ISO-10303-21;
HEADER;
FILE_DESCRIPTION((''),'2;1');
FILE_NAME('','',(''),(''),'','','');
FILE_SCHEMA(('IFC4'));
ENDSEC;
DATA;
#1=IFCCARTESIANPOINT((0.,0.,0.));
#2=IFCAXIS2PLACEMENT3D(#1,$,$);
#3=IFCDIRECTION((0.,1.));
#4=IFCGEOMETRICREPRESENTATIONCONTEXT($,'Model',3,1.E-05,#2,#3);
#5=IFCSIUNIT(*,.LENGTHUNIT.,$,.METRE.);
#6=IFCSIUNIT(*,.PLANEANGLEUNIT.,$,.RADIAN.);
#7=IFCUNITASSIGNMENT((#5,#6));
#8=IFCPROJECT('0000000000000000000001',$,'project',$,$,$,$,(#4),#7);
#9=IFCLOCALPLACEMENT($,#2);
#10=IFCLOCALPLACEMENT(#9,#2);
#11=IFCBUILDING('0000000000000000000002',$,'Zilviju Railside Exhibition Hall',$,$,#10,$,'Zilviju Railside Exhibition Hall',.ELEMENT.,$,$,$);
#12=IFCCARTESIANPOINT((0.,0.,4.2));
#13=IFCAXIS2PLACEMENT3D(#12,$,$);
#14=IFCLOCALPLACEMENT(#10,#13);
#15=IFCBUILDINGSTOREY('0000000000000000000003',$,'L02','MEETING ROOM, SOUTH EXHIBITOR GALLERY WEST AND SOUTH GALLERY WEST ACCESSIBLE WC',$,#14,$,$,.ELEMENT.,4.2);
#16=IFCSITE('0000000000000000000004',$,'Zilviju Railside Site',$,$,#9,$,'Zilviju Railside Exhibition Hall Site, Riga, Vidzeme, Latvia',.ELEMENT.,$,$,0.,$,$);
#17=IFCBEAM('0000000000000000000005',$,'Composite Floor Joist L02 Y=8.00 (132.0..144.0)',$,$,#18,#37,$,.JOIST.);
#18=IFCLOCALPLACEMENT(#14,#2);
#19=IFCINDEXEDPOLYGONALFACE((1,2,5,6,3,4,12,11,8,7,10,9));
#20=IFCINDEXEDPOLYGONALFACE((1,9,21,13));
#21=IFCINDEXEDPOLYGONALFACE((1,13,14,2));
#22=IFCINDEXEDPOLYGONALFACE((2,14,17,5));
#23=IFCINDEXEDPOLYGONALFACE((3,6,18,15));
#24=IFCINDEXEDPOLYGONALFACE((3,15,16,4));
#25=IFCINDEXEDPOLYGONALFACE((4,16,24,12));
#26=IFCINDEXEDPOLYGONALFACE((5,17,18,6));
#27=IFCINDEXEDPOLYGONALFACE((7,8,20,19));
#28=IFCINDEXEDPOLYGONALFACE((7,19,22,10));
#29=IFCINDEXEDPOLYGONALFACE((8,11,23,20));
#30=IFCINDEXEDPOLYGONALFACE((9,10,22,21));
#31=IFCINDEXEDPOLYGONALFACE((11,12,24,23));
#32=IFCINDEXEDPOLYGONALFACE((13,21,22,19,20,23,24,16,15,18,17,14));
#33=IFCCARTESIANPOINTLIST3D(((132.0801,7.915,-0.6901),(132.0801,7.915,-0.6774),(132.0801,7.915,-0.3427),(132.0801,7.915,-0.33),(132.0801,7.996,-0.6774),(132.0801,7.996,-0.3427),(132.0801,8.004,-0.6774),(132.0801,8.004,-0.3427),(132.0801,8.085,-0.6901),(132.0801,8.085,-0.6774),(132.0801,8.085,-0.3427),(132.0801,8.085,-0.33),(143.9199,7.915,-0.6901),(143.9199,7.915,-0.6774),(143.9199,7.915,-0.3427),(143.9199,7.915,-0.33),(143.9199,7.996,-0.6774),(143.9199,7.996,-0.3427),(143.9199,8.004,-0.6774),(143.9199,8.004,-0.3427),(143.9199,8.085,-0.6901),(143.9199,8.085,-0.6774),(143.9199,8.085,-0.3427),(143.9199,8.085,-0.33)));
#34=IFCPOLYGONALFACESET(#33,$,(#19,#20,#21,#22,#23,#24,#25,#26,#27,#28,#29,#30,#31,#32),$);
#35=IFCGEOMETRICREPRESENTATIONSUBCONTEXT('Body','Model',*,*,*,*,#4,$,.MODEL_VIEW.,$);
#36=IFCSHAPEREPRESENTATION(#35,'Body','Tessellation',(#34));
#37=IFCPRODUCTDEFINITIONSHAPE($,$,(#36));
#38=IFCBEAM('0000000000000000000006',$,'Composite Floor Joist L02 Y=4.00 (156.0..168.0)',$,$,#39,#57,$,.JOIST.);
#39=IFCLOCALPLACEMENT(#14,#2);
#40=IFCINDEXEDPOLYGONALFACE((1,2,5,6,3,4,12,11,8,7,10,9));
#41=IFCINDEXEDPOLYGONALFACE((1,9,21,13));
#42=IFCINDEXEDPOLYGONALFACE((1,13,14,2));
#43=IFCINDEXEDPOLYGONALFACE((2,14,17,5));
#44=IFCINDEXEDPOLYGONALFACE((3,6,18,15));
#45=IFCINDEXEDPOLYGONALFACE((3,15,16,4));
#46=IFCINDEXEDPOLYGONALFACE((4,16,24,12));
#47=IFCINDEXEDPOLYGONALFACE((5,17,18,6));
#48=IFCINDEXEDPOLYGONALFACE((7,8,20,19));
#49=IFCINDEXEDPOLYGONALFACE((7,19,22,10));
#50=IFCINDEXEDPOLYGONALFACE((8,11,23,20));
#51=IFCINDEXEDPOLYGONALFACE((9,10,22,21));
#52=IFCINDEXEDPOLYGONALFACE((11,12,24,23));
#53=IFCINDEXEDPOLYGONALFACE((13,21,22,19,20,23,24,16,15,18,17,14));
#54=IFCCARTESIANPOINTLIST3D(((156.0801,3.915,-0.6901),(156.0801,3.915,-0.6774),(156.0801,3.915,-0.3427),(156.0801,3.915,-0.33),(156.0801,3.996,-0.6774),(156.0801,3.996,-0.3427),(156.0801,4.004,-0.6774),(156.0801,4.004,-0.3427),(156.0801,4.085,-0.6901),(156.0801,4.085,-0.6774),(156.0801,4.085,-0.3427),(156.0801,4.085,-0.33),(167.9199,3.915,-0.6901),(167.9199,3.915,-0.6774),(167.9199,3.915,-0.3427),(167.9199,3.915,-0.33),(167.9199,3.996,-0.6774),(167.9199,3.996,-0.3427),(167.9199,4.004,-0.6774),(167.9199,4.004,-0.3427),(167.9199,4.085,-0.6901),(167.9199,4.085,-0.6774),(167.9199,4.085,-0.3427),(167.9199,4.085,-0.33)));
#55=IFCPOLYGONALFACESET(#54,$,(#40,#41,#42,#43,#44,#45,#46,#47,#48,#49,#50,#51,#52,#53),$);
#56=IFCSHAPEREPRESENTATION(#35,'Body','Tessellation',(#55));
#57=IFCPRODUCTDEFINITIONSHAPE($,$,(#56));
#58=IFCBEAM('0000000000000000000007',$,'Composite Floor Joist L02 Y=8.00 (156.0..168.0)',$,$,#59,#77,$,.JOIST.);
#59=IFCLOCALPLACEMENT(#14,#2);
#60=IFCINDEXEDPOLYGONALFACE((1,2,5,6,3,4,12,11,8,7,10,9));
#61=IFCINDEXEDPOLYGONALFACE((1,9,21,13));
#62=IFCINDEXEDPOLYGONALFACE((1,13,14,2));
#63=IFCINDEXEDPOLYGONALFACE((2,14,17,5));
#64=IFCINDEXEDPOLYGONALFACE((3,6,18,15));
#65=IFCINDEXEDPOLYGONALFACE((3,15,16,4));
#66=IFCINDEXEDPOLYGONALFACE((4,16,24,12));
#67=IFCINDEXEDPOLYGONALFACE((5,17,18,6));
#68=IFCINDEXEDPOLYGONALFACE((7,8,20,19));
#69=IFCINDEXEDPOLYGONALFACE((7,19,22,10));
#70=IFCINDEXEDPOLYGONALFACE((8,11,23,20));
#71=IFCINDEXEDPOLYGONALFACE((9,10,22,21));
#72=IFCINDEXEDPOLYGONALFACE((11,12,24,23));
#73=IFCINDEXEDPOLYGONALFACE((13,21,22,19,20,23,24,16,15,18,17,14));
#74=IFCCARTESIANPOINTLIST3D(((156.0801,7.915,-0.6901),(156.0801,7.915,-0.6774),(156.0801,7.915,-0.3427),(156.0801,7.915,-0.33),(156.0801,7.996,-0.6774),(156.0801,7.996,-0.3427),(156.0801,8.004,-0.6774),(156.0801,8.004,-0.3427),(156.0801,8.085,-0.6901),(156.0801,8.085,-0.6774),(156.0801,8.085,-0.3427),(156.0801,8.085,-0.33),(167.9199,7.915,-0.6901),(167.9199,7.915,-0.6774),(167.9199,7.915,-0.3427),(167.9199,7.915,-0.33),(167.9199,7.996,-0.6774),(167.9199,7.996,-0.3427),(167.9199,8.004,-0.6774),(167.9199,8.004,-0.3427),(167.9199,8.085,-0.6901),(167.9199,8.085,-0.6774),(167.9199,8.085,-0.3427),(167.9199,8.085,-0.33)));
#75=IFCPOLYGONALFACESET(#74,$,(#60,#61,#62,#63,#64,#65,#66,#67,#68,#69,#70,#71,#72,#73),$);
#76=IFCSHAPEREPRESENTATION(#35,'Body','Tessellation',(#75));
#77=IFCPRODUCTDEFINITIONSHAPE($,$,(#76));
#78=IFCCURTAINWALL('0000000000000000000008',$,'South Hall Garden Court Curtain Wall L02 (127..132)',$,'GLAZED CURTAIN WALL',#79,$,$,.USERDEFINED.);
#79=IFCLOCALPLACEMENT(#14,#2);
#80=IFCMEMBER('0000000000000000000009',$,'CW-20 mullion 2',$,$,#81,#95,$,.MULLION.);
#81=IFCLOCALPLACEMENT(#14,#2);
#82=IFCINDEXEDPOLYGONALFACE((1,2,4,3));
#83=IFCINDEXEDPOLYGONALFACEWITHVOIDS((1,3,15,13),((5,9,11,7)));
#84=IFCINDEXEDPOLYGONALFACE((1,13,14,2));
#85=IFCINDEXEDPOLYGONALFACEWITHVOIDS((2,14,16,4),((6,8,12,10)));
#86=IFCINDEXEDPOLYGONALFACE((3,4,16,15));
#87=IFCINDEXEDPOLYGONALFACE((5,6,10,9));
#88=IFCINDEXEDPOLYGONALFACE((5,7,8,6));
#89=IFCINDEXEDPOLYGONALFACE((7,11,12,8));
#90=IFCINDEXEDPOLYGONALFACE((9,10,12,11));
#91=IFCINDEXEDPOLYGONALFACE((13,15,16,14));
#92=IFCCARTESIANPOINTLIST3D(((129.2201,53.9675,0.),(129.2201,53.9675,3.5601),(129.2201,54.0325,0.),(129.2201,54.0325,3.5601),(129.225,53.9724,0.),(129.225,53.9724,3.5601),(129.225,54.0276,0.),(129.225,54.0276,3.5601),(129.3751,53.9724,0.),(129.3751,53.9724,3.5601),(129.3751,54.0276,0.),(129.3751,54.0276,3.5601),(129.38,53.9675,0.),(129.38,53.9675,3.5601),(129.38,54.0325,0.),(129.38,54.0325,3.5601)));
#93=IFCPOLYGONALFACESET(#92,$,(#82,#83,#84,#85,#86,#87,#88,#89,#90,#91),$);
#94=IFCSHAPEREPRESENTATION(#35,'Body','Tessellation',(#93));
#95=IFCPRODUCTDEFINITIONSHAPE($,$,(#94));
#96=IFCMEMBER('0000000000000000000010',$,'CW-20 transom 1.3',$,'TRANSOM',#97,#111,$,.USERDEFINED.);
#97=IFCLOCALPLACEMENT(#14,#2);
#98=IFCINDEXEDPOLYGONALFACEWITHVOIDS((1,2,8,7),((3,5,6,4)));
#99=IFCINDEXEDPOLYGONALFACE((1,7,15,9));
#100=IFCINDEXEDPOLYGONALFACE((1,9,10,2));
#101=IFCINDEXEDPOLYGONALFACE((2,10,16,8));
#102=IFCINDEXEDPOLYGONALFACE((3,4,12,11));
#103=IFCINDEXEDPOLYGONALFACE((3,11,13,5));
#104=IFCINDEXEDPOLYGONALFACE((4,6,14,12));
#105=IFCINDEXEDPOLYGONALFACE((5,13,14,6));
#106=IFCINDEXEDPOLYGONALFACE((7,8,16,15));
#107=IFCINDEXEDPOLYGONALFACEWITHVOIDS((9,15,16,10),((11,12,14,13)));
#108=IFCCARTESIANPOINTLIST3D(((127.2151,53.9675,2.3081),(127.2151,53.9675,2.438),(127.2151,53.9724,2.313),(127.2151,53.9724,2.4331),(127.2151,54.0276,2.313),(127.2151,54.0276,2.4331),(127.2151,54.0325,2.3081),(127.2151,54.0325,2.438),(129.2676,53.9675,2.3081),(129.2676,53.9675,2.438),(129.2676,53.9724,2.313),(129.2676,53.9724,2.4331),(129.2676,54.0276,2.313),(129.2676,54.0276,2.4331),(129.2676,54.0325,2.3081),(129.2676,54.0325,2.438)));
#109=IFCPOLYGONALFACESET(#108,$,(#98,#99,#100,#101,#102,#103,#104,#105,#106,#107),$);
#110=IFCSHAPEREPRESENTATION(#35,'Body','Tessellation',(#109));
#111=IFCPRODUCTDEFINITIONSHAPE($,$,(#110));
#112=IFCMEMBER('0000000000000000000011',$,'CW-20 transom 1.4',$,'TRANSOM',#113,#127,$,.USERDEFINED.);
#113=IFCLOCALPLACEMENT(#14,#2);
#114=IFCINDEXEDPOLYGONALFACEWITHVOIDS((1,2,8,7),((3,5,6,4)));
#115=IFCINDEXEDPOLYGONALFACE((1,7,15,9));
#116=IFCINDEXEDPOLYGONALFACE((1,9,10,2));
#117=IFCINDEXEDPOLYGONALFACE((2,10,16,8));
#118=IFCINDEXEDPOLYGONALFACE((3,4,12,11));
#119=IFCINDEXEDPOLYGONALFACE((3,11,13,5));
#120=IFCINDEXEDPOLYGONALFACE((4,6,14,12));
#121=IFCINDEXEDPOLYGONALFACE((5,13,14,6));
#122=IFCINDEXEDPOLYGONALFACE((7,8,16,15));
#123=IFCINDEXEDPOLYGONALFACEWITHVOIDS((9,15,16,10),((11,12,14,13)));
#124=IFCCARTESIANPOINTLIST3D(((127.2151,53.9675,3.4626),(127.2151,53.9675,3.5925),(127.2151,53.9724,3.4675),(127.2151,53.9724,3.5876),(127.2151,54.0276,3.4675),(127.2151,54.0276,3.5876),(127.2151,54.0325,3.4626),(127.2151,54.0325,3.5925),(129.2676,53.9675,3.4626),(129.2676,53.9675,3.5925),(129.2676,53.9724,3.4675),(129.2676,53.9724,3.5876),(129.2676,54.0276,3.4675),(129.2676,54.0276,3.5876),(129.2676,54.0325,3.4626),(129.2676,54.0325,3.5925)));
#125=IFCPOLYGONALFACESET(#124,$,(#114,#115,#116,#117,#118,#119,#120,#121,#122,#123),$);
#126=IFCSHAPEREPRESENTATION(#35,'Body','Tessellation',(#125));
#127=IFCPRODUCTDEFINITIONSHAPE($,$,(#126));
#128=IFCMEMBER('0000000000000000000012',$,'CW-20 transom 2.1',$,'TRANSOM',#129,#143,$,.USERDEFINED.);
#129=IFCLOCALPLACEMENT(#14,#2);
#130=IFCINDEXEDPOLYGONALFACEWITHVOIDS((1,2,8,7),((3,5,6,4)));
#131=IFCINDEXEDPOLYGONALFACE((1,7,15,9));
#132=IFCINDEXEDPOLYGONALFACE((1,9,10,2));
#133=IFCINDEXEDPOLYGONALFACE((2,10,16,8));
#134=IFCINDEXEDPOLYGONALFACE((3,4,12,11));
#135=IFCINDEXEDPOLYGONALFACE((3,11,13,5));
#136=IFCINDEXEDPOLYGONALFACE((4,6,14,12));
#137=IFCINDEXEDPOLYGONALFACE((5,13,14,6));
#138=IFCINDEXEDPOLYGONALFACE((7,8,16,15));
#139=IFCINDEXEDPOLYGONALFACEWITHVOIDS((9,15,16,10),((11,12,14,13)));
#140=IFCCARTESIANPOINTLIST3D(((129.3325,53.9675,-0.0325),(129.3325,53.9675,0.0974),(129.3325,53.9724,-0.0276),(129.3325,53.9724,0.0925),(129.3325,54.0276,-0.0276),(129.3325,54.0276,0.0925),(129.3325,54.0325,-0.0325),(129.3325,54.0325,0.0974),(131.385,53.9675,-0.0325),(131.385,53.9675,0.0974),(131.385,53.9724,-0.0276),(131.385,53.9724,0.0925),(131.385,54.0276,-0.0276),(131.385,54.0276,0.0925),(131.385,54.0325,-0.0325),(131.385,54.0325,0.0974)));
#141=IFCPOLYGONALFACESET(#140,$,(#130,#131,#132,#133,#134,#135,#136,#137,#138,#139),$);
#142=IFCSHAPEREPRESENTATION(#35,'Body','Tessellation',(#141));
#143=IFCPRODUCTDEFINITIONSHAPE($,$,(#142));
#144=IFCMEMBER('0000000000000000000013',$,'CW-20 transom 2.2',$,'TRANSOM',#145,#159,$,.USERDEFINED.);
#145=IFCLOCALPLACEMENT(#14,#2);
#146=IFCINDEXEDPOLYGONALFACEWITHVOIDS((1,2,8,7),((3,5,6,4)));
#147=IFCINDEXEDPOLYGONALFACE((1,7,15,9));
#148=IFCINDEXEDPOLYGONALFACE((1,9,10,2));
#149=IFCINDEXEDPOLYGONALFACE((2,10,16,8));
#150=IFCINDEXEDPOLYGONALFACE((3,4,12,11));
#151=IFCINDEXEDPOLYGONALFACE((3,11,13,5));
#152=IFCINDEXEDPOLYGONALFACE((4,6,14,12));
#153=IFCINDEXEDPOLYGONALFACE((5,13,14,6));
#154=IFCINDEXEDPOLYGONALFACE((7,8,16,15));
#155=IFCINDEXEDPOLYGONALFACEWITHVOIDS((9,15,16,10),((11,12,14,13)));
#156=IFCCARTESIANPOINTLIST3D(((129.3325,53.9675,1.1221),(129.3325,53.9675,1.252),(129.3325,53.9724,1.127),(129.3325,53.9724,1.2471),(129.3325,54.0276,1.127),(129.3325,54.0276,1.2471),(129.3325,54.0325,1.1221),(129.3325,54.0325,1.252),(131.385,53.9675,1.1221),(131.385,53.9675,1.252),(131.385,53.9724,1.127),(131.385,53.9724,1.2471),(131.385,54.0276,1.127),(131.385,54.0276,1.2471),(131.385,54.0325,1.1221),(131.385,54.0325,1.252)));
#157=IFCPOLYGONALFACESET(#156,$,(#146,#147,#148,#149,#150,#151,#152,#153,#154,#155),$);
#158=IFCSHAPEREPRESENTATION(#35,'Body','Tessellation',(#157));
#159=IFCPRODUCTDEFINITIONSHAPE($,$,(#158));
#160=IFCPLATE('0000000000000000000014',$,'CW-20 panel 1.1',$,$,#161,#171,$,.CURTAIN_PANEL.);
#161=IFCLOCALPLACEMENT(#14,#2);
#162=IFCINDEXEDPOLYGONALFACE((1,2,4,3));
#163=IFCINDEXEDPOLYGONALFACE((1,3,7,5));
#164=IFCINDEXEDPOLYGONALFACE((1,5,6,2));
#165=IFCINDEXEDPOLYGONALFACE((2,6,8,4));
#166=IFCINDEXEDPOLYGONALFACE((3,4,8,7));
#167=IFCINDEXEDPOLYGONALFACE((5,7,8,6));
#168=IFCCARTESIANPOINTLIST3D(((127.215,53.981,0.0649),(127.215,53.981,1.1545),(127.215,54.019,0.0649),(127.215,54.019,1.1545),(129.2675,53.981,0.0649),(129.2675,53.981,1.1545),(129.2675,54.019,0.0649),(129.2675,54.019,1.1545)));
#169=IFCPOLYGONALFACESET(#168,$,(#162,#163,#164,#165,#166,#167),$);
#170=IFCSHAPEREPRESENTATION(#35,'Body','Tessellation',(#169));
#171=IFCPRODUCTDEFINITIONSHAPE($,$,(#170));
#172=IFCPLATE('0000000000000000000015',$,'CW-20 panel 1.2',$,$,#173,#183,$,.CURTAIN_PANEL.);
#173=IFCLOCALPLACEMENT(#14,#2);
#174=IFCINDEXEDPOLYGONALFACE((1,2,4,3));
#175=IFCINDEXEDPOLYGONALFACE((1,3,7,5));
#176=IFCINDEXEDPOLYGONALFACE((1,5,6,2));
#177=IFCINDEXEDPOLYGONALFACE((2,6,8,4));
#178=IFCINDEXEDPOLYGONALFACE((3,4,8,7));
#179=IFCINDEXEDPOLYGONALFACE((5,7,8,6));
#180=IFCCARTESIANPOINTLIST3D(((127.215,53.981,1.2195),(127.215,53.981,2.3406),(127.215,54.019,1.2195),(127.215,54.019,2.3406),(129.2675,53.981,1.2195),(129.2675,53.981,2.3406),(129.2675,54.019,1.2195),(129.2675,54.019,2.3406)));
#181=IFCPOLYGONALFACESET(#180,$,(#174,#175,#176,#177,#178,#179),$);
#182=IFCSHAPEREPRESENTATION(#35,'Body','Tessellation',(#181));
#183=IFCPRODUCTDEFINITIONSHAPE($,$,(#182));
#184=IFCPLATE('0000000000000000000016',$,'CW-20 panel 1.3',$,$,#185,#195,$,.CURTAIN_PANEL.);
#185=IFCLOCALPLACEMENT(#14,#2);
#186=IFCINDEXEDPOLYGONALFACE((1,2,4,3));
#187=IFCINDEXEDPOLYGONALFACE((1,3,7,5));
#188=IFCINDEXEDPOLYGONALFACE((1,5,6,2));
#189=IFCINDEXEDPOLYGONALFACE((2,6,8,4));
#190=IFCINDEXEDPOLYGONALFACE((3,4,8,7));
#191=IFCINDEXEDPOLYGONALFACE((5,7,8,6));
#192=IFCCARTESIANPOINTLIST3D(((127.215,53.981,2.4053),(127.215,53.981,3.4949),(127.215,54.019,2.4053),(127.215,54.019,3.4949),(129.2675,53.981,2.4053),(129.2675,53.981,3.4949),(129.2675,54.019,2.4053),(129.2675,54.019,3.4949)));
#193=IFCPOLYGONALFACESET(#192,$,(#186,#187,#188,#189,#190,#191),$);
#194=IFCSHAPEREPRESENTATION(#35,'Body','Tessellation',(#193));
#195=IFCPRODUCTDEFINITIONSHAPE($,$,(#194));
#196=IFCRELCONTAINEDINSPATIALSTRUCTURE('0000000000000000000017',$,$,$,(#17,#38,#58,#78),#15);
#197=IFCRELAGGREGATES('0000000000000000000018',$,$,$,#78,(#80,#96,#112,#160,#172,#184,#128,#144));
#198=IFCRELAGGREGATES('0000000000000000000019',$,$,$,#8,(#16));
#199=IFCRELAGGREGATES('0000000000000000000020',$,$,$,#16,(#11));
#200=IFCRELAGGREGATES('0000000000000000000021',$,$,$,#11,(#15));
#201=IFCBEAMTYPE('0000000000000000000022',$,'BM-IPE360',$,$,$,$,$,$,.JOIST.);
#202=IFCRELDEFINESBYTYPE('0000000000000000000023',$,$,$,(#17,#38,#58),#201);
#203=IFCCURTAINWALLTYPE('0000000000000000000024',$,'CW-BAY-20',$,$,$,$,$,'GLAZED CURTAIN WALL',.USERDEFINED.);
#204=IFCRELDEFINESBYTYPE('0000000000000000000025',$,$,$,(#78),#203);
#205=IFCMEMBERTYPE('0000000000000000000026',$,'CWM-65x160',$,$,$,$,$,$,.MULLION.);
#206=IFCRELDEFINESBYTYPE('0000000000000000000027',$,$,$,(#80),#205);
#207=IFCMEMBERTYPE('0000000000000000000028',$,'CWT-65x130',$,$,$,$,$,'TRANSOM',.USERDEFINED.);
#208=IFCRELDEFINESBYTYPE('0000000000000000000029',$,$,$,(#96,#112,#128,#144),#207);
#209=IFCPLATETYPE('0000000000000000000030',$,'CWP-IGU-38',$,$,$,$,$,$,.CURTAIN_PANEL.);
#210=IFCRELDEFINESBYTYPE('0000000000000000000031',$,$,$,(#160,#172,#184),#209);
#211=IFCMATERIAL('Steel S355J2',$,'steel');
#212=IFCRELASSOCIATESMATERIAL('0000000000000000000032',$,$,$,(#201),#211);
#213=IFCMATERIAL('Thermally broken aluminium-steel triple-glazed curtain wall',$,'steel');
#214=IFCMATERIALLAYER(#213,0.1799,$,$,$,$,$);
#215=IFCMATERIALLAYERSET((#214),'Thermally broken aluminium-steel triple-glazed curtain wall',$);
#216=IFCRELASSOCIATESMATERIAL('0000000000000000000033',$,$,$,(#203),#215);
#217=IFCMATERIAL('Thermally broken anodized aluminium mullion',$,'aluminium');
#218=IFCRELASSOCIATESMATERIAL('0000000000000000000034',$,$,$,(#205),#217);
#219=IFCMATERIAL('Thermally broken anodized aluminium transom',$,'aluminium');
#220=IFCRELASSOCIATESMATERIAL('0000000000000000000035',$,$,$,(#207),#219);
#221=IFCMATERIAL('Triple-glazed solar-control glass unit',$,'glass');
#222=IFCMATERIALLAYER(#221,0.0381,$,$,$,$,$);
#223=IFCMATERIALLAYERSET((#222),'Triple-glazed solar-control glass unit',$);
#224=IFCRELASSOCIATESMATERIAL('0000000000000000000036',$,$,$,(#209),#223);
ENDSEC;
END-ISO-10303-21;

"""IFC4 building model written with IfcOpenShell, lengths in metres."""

from ifc_helpers import new_model, si_unit, direction, frame, origin, origin_2d, place, context, subcontext, project, spatial, rectangle, hollow_rectangle, i_section, extrude, material, layer, layer_set, material_profile, profile_set, type_object, element, aggregate, save


model = new_model("IFC4")

# Units and contexts
model_context = context("Model", 3, precision=1e-05, world=origin(), true_north=direction((0.0, 1.0)))
body_context = subcontext(model_context, "Body", "Model", "MODEL_VIEW")
ifc_project = project(units=[si_unit("LENGTHUNIT", "METRE"), si_unit("PLANEANGLEUNIT", "RADIAN")], contexts=[model_context])

# Site, building, storey
site_placement = place(None, origin())
site = spatial("IfcSite", under=ifc_project, at=site_placement, Name="Zilviju Railside Site", LongName="Zilviju Railside Exhibition Hall Site, Riga, Vidzeme, Latvia", CompositionType="ELEMENT", RefElevation=0.0)
building_placement = place(site_placement, origin())
building = spatial("IfcBuilding", under=site, at=building_placement, Name="Zilviju Railside Exhibition Hall", LongName="Zilviju Railside Exhibition Hall", CompositionType="ELEMENT")
storey_placement = place(building_placement, frame((0.0, 0.0, 4.2)))
storey = spatial("IfcBuildingStorey", under=building, at=storey_placement, Name="L02", Description="MEETING ROOM, SOUTH EXHIBITOR GALLERY WEST AND SOUTH GALLERY WEST ACCESSIBLE WC", CompositionType="ELEMENT", Elevation=4.2)

# Beams
ifc_material_1 = material(Name="Steel S355J2", Category="steel")
ifc_material_profile_1 = material_profile(ifc_material_1, i_section(OverallWidth=0.1699, OverallDepth=0.3601, WebThickness=0.0081, FlangeThickness=0.0127, at=origin_2d()), Name="IPE 360")
ifc_profile_set_1 = profile_set([ifc_material_profile_1], Name="Steel S355J2")
beam_type_1 = type_object("IfcBeamType", Name="BM-IPE360", PredefinedType="JOIST", material=ifc_profile_set_1)
for number, where, z_axis, x_axis, name in (
    (1, (132.0801, 8.0, -0.51), (1.0, 0.0, 0.0), (0.0, 1.0, 0.0), "Composite Floor Joist L02 Y=8.00 (132.0..144.0)"),
    (2, (156.0801, 4.0, -0.51), (1.0, 0.0, 0.0), (0.0, 1.0, 0.0), "Composite Floor Joist L02 Y=4.00 (156.0..168.0)"),
    (3, (156.0801, 8.0, -0.51), (1.0, 0.0, 0.0), (0.0, 1.0, 0.0), "Composite Floor Joist L02 Y=8.00 (156.0..168.0)"),
):
    element("IfcBeam", number, at=place(storey_placement, frame(where, z_axis=z_axis, x_axis=x_axis)), inside=storey, type_object=beam_type_1, Name=name, PredefinedType="JOIST", context=body_context, shape_type="SweptSolid", body=[
        extrude(i_section(OverallWidth=0.1699, OverallDepth=0.3601, WebThickness=0.0081, FlangeThickness=0.0127, at=origin_2d()), origin(), (0.0, 0.0, 1.0), 11.8398),
    ])

# Curtain wall, members, plates
ifc_material_2 = material(Name="Thermally broken aluminium-steel triple-glazed curtain wall", Category="steel")
ifc_layer_1 = layer(ifc_material_2, 0.1799)
ifc_layer_set_1 = layer_set([ifc_layer_1], Name="Thermally broken aluminium-steel triple-glazed curtain wall")
curtain_wall_type = type_object("IfcCurtainWallType", Name="CW-BAY-20", ElementType="GLAZED CURTAIN WALL", PredefinedType="USERDEFINED", material=ifc_layer_set_1)
curtain_wall_placement = place(storey_placement, origin())
curtain_wall = element("IfcCurtainWall", 4, at=curtain_wall_placement, inside=storey, type_object=curtain_wall_type, Name="South Hall Garden Court Curtain Wall L02 (127..132)", ObjectType="GLAZED CURTAIN WALL", PredefinedType="USERDEFINED")
ifc_material_3 = material(Name="Thermally broken anodized aluminium mullion", Category="aluminium")
ifc_material_profile_2 = material_profile(ifc_material_3, hollow_rectangle(XDim=0.0649, YDim=0.1599, WallThickness=0.0049, at=origin_2d()), Name="MULLION 160x65x5")
ifc_profile_set_2 = profile_set([ifc_material_profile_2], Name="Thermally broken anodized aluminium mullion")
member_type_1 = type_object("IfcMemberType", Name="CWM-65x160", PredefinedType="MULLION", material=ifc_profile_set_2)
member_1_placement = place(storey_placement, frame((129.3, 54.0, 0.0), z_axis=(0.0, 0.0, 1.0), x_axis=(0.0, 1.0, 0.0)))
member_1 = element("IfcMember", 5, at=member_1_placement, type_object=member_type_1, Name="CW-20 mullion 2", PredefinedType="MULLION", context=body_context, shape_type="SweptSolid", body=[
    extrude(hollow_rectangle(XDim=0.0649, YDim=0.1599, WallThickness=0.0049, at=origin_2d()), origin(), (0.0, 0.0, 1.0), 3.5601),
])
ifc_material_4 = material(Name="Thermally broken anodized aluminium transom", Category="aluminium")
ifc_material_profile_3 = material_profile(ifc_material_4, hollow_rectangle(XDim=0.0649, YDim=0.1299, WallThickness=0.0049, at=origin_2d()), Name="TRANSOM 130x65x5")
ifc_profile_set_3 = profile_set([ifc_material_profile_3], Name="Thermally broken anodized aluminium transom")
member_type_2 = type_object("IfcMemberType", Name="CWT-65x130", ElementType="TRANSOM", PredefinedType="USERDEFINED", material=ifc_profile_set_3)
member_2_placement = place(storey_placement, frame((127.2151, 54.0, 2.373), z_axis=(1.0, 0.0, 0.0), x_axis=(0.0, 1.0, 0.0)))
member_2 = element("IfcMember", 6, at=member_2_placement, type_object=member_type_2, Name="CW-20 transom 1.3", ObjectType="TRANSOM", PredefinedType="USERDEFINED", context=body_context, shape_type="SweptSolid", body=[
    extrude(hollow_rectangle(XDim=0.0649, YDim=0.1299, WallThickness=0.0049, at=origin_2d()), origin(), (0.0, 0.0, 1.0), 2.0525),
])
member_3_placement = place(storey_placement, frame((127.2151, 54.0, 3.5276), z_axis=(1.0, 0.0, 0.0), x_axis=(0.0, 1.0, 0.0)))
member_3 = element("IfcMember", 7, at=member_3_placement, type_object=member_type_2, Name="CW-20 transom 1.4", ObjectType="TRANSOM", PredefinedType="USERDEFINED", context=body_context, shape_type="SweptSolid", body=[
    extrude(hollow_rectangle(XDim=0.0649, YDim=0.1299, WallThickness=0.0049, at=origin_2d()), origin(), (0.0, 0.0, 1.0), 2.0525),
])
member_4_placement = place(storey_placement, frame((129.3325, 54.0, 0.0325), z_axis=(1.0, 0.0, 0.0), x_axis=(0.0, 1.0, 0.0)))
member_4 = element("IfcMember", 8, at=member_4_placement, type_object=member_type_2, Name="CW-20 transom 2.1", ObjectType="TRANSOM", PredefinedType="USERDEFINED", context=body_context, shape_type="SweptSolid", body=[
    extrude(hollow_rectangle(XDim=0.0649, YDim=0.1299, WallThickness=0.0049, at=origin_2d()), origin(), (0.0, 0.0, 1.0), 2.0525),
])
member_5_placement = place(storey_placement, frame((129.3325, 54.0, 1.187), z_axis=(1.0, 0.0, 0.0), x_axis=(0.0, 1.0, 0.0)))
member_5 = element("IfcMember", 9, at=member_5_placement, type_object=member_type_2, Name="CW-20 transom 2.2", ObjectType="TRANSOM", PredefinedType="USERDEFINED", context=body_context, shape_type="SweptSolid", body=[
    extrude(hollow_rectangle(XDim=0.0649, YDim=0.1299, WallThickness=0.0049, at=origin_2d()), origin(), (0.0, 0.0, 1.0), 2.0525),
])
ifc_material_5 = material(Name="Triple-glazed solar-control glass unit", Category="glass")
ifc_layer_2 = layer(ifc_material_5, 0.0381)
ifc_layer_set_2 = layer_set([ifc_layer_2], Name="Triple-glazed solar-control glass unit")
plate_type = type_object("IfcPlateType", Name="CWP-IGU-38", PredefinedType="CURTAIN_PANEL", material=ifc_layer_set_2)
plate_1_placement = place(storey_placement, frame((128.2412, 54.0, 0.0649), z_axis=(0.0, 0.0, 1.0), x_axis=(1.0, 0.0, 0.0)))
plate_1 = element("IfcPlate", 10, at=plate_1_placement, type_object=plate_type, Name="CW-20 panel 1.1", PredefinedType="CURTAIN_PANEL", context=body_context, shape_type="SweptSolid", body=[
    extrude(rectangle(XDim=2.0525, YDim=0.0381, at=origin_2d()), origin(), (0.0, 0.0, 1.0), 1.0896),
])
plate_2_placement = place(storey_placement, frame((128.2412, 54.0, 1.2195), z_axis=(0.0, 0.0, 1.0), x_axis=(1.0, 0.0, 0.0)))
plate_2 = element("IfcPlate", 11, at=plate_2_placement, type_object=plate_type, Name="CW-20 panel 1.2", PredefinedType="CURTAIN_PANEL", context=body_context, shape_type="SweptSolid", body=[
    extrude(rectangle(XDim=2.0525, YDim=0.0381, at=origin_2d()), origin(), (0.0, 0.0, 1.0), 1.1211),
])
plate_3_placement = place(storey_placement, frame((128.2412, 54.0, 2.4053), z_axis=(0.0, 0.0, 1.0), x_axis=(1.0, 0.0, 0.0)))
plate_3 = element("IfcPlate", 12, at=plate_3_placement, type_object=plate_type, Name="CW-20 panel 1.3", PredefinedType="CURTAIN_PANEL", context=body_context, shape_type="SweptSolid", body=[
    extrude(rectangle(XDim=2.0525, YDim=0.0381, at=origin_2d()), origin(), (0.0, 0.0, 1.0), 1.0896),
])
aggregate(curtain_wall, [member_1, member_2, member_3, plate_1, plate_2, plate_3, member_4, member_5])

save(model, "model.ifc")
